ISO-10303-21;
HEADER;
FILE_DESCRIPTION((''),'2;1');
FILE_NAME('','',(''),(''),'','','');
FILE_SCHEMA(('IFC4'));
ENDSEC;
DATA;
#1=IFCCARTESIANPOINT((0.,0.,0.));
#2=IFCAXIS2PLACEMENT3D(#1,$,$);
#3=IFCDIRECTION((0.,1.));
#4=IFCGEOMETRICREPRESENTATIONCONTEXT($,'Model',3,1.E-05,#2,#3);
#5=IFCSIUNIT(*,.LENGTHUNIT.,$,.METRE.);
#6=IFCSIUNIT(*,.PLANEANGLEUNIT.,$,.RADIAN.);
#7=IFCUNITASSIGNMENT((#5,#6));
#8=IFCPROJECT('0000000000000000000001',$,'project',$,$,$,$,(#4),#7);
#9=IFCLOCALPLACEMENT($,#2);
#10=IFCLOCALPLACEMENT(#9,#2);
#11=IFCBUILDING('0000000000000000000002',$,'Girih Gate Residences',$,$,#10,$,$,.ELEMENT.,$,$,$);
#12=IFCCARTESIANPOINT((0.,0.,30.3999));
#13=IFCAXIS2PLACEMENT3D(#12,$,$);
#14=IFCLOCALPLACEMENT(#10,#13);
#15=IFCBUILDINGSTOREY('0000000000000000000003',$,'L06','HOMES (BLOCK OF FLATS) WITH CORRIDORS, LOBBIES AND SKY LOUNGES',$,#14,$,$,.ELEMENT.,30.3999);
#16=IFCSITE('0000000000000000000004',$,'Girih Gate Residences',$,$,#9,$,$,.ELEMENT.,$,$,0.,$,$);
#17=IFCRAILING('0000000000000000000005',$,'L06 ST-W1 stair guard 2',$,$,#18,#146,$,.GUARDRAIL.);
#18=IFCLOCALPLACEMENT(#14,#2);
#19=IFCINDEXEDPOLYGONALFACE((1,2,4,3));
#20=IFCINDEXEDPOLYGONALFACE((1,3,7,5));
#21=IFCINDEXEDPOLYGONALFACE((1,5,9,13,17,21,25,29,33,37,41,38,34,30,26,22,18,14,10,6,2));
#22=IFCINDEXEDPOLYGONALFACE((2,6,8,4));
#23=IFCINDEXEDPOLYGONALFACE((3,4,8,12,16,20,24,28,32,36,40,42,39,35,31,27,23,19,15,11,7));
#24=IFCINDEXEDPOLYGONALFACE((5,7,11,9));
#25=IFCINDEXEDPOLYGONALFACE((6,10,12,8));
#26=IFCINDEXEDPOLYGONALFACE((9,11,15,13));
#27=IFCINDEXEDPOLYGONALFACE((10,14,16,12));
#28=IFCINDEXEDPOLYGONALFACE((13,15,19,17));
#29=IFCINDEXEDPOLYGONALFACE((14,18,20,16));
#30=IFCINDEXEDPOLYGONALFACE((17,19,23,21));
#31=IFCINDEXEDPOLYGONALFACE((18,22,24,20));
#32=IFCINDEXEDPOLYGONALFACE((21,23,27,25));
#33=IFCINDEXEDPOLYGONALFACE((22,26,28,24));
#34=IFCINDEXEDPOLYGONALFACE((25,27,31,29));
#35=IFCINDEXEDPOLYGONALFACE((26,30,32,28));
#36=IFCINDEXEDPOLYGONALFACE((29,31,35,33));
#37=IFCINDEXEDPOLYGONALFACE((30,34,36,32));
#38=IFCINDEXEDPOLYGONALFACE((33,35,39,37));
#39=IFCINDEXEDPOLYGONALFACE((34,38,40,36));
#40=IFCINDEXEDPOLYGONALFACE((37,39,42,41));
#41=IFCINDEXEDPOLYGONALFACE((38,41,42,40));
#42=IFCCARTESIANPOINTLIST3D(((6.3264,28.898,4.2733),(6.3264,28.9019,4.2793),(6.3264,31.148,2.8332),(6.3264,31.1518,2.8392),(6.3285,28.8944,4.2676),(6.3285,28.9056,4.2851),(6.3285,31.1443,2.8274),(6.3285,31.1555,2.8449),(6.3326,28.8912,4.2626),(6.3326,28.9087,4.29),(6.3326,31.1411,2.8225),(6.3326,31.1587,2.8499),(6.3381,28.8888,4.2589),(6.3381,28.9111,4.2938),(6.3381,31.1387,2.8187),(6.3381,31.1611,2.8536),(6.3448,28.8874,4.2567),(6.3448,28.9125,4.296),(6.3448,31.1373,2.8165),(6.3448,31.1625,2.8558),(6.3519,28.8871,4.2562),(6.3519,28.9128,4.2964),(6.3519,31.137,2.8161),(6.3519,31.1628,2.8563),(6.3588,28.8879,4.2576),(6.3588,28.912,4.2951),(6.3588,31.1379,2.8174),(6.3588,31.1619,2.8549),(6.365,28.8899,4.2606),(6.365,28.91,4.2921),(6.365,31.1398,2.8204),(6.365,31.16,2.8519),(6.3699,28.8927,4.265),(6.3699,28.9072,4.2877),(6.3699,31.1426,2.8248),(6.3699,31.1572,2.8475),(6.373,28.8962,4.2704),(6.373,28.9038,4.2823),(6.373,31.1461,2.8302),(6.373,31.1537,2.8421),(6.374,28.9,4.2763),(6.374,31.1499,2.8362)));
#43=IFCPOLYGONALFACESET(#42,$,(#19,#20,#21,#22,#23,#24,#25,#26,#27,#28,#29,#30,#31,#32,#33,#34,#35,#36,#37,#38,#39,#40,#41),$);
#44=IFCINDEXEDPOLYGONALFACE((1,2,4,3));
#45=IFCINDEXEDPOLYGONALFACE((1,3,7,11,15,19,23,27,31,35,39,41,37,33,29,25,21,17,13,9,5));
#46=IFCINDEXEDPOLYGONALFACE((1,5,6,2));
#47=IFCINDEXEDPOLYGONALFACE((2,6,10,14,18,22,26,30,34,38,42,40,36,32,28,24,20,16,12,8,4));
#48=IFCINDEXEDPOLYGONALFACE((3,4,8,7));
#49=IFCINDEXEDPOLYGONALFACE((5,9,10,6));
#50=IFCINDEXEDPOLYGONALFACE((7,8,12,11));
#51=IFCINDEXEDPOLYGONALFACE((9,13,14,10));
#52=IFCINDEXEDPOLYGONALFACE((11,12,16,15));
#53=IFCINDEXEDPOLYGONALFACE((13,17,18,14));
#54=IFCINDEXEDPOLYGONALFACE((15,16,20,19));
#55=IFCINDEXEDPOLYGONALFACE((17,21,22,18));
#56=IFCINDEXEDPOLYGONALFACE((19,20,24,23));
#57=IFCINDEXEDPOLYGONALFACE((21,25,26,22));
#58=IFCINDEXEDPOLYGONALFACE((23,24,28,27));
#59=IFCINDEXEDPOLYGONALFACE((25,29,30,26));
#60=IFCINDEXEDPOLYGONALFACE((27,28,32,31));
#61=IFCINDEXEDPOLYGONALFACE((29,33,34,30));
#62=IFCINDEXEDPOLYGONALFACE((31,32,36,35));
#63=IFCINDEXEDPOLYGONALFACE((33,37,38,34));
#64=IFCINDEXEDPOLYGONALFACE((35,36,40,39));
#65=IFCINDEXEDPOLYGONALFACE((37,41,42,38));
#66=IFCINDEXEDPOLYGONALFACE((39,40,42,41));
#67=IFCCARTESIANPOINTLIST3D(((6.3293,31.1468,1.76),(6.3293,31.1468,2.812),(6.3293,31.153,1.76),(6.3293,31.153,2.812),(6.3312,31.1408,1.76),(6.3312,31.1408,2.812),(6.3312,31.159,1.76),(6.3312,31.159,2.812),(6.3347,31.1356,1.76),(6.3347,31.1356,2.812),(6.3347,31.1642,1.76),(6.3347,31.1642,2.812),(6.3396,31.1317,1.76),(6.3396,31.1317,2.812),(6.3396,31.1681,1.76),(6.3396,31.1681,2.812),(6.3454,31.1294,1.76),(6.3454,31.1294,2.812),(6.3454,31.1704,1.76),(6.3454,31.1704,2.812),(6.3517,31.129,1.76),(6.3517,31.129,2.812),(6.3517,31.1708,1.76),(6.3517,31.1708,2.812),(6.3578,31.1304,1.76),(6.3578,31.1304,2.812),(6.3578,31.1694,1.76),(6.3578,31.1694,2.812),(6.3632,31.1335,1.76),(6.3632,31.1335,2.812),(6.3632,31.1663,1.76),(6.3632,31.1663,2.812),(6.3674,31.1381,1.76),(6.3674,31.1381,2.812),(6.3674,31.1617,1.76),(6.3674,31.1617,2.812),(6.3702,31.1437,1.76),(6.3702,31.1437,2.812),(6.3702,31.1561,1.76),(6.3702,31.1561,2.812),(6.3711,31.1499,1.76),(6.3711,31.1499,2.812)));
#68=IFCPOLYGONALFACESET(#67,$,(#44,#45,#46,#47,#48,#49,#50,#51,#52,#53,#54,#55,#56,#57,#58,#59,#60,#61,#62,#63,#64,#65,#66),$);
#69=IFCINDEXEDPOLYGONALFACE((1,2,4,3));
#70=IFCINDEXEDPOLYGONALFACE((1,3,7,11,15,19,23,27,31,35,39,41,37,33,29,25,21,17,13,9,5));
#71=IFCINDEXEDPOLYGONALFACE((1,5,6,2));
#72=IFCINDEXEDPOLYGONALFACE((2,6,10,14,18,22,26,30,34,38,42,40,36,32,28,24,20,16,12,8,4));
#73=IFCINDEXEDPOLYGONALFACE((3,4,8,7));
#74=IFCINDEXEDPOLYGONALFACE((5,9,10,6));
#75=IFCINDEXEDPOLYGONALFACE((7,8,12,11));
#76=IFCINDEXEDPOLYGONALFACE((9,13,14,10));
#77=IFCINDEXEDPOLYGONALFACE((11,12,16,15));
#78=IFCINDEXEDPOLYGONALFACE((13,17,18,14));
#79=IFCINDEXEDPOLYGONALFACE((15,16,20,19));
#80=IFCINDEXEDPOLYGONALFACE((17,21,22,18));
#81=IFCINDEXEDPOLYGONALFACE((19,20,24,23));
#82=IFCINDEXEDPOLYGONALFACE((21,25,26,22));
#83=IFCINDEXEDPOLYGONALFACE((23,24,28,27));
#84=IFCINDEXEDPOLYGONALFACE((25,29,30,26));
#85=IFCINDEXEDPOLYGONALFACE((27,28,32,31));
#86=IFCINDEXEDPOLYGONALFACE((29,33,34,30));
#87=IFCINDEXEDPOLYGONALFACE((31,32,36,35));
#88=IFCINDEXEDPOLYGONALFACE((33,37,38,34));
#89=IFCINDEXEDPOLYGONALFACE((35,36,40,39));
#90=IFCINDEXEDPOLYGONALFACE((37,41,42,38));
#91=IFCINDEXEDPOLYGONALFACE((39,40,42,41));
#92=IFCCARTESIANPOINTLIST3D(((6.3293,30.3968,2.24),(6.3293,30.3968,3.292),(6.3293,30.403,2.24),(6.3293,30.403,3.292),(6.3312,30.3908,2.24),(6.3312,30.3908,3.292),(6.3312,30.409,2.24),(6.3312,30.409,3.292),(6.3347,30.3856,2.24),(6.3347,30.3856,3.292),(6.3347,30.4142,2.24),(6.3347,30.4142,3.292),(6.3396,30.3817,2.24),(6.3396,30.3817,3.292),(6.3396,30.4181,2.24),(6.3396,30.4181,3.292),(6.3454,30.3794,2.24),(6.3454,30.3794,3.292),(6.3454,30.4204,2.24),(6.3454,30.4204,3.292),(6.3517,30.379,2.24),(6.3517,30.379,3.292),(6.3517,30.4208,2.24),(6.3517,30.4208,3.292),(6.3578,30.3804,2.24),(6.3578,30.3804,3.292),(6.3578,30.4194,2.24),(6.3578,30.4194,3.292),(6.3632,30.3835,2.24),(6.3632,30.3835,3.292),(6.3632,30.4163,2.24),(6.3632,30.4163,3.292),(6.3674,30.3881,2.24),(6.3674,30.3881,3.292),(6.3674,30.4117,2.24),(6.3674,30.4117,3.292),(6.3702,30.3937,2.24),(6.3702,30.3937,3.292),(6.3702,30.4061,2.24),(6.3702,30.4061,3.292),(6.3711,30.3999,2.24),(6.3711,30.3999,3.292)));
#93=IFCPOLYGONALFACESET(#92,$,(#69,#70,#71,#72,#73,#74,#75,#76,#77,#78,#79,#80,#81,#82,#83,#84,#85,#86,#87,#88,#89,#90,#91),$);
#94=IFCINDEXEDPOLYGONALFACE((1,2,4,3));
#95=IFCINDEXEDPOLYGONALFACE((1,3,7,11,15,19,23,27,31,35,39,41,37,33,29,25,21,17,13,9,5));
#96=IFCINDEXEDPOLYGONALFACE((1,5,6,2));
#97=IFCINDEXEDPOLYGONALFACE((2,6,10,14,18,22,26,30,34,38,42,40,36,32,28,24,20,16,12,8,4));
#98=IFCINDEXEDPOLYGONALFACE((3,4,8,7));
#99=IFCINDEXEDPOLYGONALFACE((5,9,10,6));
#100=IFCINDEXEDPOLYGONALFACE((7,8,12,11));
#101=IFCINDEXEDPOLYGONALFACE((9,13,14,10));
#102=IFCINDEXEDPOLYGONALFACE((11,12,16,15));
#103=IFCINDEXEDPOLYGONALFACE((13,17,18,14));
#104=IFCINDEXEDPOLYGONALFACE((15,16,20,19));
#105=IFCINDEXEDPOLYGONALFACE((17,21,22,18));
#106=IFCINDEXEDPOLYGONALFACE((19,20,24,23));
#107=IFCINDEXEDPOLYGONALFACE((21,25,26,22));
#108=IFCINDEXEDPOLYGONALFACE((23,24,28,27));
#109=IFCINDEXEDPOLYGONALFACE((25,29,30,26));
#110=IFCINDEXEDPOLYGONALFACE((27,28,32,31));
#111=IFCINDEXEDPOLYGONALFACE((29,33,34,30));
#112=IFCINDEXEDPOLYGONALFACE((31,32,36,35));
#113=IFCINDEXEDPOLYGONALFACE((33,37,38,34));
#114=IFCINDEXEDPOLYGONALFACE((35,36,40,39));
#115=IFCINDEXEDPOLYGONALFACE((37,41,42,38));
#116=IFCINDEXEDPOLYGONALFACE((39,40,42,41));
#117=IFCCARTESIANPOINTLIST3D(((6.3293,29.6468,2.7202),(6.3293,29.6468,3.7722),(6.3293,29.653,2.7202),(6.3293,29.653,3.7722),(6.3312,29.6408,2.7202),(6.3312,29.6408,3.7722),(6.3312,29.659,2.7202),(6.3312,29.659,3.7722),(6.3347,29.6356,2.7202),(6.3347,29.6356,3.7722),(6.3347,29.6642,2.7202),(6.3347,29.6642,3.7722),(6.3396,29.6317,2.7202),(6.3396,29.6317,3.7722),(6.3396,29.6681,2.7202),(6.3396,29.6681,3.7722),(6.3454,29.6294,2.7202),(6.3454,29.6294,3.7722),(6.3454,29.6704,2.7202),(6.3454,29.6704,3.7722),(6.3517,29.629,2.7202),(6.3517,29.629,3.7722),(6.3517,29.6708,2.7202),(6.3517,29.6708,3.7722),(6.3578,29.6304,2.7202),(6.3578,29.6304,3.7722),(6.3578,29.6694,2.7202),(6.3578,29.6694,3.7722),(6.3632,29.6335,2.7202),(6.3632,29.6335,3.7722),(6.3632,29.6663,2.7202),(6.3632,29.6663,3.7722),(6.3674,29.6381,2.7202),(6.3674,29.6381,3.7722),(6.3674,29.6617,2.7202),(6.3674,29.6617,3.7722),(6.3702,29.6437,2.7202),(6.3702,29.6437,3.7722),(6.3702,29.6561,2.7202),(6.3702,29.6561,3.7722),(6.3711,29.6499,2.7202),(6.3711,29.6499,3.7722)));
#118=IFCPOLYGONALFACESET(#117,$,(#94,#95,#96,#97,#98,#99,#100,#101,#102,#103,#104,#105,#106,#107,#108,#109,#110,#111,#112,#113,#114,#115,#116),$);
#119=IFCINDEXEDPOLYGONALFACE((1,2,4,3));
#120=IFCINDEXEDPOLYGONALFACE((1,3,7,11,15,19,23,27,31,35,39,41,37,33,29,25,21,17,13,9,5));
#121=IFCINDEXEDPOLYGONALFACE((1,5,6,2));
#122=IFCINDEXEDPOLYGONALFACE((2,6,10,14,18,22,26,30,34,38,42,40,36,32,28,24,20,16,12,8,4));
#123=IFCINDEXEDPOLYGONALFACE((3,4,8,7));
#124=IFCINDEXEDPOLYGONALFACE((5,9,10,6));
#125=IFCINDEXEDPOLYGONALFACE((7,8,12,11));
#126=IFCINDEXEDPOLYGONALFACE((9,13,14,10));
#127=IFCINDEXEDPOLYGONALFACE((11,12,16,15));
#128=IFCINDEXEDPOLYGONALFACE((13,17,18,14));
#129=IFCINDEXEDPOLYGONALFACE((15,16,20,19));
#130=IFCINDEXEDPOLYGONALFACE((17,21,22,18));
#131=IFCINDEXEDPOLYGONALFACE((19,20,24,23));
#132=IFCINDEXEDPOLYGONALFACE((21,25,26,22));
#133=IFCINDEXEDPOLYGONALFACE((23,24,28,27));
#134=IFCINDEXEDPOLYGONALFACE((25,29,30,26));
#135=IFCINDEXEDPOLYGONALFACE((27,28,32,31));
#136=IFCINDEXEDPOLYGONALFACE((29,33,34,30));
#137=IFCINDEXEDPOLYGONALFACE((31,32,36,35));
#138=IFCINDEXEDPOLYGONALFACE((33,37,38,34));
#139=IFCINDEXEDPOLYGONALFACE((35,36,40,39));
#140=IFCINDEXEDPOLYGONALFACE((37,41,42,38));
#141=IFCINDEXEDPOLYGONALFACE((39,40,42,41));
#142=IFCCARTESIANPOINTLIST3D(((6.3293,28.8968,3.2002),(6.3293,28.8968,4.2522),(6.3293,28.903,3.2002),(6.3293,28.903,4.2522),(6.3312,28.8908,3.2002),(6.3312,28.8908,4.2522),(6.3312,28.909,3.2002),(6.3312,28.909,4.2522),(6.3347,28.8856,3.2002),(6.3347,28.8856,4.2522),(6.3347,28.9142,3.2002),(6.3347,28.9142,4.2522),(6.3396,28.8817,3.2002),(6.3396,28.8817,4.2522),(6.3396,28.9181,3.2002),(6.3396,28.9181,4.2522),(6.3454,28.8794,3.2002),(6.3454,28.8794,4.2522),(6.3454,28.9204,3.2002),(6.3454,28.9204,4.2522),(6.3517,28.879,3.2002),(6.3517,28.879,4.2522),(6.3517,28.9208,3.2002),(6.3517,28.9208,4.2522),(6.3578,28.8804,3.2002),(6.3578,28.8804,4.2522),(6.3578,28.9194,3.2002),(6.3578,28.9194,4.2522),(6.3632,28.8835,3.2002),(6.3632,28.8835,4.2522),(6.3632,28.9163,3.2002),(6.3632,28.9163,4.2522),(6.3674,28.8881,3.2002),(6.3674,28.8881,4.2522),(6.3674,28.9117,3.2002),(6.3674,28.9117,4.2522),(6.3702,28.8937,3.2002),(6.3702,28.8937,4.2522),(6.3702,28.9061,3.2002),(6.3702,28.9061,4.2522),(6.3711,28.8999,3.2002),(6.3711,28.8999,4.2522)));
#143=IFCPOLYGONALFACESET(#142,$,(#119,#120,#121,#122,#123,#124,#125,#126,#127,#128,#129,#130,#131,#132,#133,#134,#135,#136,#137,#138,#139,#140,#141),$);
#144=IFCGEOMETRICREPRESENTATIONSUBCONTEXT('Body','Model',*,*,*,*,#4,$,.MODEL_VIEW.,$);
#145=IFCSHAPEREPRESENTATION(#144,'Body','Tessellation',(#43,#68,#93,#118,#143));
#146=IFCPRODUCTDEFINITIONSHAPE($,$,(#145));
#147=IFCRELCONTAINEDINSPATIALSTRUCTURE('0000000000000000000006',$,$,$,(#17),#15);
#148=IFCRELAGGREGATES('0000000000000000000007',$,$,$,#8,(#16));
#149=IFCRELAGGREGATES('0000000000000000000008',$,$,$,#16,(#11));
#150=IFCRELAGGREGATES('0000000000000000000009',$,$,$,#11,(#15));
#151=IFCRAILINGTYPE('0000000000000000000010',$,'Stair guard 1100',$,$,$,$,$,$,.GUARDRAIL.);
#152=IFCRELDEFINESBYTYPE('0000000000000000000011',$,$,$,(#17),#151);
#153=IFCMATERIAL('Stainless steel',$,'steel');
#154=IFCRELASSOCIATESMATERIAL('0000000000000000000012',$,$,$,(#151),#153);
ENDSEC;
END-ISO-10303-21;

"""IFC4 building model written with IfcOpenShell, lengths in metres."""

from ifc_helpers import new_model, si_unit, direction, frame, origin, origin_2d, place, context, subcontext, project, spatial, circle, extrude, material, type_object, element, save


model = new_model("IFC4")

# Units and contexts
model_context = context("Model", 3, precision=1e-05, world=origin(), true_north=direction((0.0, 1.0)))
body_context = subcontext(model_context, "Body", "Model", "MODEL_VIEW")
ifc_project = project(units=[si_unit("LENGTHUNIT", "METRE"), si_unit("PLANEANGLEUNIT", "RADIAN")], contexts=[model_context])

# Site, building, storey
site_placement = place(None, origin())
site = spatial("IfcSite", under=ifc_project, at=site_placement, Name="Girih Gate Residences", CompositionType="ELEMENT", RefElevation=0.0)
building_placement = place(site_placement, origin())
building = spatial("IfcBuilding", under=site, at=building_placement, Name="Girih Gate Residences", CompositionType="ELEMENT")
storey_placement = place(building_placement, frame((0.0, 0.0, 30.3999)))
storey = spatial("IfcBuildingStorey", under=building, at=storey_placement, Name="L06", Description="HOMES (BLOCK OF FLATS) WITH CORRIDORS, LOBBIES AND SKY LOUNGES", CompositionType="ELEMENT", Elevation=30.3999)

# Shared definitions
ifc_material_1 = material(Name="Stainless steel", Category="steel")

# Railing
railing_type = type_object("IfcRailingType", Name="Stair guard 1100", PredefinedType="GUARDRAIL", material=ifc_material_1)
railing_placement = place(storey_placement, frame((6.3501, 31.1499, 1.76)))
element("IfcRailing", 1, at=railing_placement, inside=storey, type_object=railing_type, Name="L06 ST-W1 stair guard 2", PredefinedType="GUARDRAIL", context=body_context, shape_type="SweptSolid", body=[
    extrude(circle(Radius=0.0239, at=origin_2d()), frame((0.0, 0.0, 1.0762), z_axis=(0.0, -0.84224, 0.539103), x_axis=(1.0, 0.0, 0.0)), (0.0, 0.0, 1.0), 2.6714),
    extrude(circle(Radius=0.021, at=origin_2d()), origin(), (0.0, 0.0, 1.0), 1.052),
    extrude(circle(Radius=0.021, at=origin_2d()), frame((0.0, -0.75, 0.48)), (0.0, 0.0, 1.0), 1.052),
    extrude(circle(Radius=0.021, at=origin_2d()), frame((0.0, -1.5, 0.9602)), (0.0, 0.0, 1.0), 1.052),
    extrude(circle(Radius=0.021, at=origin_2d()), frame((0.0, -2.25, 1.4402)), (0.0, 0.0, 1.0), 1.052),
])

save(model, "model.ifc")
